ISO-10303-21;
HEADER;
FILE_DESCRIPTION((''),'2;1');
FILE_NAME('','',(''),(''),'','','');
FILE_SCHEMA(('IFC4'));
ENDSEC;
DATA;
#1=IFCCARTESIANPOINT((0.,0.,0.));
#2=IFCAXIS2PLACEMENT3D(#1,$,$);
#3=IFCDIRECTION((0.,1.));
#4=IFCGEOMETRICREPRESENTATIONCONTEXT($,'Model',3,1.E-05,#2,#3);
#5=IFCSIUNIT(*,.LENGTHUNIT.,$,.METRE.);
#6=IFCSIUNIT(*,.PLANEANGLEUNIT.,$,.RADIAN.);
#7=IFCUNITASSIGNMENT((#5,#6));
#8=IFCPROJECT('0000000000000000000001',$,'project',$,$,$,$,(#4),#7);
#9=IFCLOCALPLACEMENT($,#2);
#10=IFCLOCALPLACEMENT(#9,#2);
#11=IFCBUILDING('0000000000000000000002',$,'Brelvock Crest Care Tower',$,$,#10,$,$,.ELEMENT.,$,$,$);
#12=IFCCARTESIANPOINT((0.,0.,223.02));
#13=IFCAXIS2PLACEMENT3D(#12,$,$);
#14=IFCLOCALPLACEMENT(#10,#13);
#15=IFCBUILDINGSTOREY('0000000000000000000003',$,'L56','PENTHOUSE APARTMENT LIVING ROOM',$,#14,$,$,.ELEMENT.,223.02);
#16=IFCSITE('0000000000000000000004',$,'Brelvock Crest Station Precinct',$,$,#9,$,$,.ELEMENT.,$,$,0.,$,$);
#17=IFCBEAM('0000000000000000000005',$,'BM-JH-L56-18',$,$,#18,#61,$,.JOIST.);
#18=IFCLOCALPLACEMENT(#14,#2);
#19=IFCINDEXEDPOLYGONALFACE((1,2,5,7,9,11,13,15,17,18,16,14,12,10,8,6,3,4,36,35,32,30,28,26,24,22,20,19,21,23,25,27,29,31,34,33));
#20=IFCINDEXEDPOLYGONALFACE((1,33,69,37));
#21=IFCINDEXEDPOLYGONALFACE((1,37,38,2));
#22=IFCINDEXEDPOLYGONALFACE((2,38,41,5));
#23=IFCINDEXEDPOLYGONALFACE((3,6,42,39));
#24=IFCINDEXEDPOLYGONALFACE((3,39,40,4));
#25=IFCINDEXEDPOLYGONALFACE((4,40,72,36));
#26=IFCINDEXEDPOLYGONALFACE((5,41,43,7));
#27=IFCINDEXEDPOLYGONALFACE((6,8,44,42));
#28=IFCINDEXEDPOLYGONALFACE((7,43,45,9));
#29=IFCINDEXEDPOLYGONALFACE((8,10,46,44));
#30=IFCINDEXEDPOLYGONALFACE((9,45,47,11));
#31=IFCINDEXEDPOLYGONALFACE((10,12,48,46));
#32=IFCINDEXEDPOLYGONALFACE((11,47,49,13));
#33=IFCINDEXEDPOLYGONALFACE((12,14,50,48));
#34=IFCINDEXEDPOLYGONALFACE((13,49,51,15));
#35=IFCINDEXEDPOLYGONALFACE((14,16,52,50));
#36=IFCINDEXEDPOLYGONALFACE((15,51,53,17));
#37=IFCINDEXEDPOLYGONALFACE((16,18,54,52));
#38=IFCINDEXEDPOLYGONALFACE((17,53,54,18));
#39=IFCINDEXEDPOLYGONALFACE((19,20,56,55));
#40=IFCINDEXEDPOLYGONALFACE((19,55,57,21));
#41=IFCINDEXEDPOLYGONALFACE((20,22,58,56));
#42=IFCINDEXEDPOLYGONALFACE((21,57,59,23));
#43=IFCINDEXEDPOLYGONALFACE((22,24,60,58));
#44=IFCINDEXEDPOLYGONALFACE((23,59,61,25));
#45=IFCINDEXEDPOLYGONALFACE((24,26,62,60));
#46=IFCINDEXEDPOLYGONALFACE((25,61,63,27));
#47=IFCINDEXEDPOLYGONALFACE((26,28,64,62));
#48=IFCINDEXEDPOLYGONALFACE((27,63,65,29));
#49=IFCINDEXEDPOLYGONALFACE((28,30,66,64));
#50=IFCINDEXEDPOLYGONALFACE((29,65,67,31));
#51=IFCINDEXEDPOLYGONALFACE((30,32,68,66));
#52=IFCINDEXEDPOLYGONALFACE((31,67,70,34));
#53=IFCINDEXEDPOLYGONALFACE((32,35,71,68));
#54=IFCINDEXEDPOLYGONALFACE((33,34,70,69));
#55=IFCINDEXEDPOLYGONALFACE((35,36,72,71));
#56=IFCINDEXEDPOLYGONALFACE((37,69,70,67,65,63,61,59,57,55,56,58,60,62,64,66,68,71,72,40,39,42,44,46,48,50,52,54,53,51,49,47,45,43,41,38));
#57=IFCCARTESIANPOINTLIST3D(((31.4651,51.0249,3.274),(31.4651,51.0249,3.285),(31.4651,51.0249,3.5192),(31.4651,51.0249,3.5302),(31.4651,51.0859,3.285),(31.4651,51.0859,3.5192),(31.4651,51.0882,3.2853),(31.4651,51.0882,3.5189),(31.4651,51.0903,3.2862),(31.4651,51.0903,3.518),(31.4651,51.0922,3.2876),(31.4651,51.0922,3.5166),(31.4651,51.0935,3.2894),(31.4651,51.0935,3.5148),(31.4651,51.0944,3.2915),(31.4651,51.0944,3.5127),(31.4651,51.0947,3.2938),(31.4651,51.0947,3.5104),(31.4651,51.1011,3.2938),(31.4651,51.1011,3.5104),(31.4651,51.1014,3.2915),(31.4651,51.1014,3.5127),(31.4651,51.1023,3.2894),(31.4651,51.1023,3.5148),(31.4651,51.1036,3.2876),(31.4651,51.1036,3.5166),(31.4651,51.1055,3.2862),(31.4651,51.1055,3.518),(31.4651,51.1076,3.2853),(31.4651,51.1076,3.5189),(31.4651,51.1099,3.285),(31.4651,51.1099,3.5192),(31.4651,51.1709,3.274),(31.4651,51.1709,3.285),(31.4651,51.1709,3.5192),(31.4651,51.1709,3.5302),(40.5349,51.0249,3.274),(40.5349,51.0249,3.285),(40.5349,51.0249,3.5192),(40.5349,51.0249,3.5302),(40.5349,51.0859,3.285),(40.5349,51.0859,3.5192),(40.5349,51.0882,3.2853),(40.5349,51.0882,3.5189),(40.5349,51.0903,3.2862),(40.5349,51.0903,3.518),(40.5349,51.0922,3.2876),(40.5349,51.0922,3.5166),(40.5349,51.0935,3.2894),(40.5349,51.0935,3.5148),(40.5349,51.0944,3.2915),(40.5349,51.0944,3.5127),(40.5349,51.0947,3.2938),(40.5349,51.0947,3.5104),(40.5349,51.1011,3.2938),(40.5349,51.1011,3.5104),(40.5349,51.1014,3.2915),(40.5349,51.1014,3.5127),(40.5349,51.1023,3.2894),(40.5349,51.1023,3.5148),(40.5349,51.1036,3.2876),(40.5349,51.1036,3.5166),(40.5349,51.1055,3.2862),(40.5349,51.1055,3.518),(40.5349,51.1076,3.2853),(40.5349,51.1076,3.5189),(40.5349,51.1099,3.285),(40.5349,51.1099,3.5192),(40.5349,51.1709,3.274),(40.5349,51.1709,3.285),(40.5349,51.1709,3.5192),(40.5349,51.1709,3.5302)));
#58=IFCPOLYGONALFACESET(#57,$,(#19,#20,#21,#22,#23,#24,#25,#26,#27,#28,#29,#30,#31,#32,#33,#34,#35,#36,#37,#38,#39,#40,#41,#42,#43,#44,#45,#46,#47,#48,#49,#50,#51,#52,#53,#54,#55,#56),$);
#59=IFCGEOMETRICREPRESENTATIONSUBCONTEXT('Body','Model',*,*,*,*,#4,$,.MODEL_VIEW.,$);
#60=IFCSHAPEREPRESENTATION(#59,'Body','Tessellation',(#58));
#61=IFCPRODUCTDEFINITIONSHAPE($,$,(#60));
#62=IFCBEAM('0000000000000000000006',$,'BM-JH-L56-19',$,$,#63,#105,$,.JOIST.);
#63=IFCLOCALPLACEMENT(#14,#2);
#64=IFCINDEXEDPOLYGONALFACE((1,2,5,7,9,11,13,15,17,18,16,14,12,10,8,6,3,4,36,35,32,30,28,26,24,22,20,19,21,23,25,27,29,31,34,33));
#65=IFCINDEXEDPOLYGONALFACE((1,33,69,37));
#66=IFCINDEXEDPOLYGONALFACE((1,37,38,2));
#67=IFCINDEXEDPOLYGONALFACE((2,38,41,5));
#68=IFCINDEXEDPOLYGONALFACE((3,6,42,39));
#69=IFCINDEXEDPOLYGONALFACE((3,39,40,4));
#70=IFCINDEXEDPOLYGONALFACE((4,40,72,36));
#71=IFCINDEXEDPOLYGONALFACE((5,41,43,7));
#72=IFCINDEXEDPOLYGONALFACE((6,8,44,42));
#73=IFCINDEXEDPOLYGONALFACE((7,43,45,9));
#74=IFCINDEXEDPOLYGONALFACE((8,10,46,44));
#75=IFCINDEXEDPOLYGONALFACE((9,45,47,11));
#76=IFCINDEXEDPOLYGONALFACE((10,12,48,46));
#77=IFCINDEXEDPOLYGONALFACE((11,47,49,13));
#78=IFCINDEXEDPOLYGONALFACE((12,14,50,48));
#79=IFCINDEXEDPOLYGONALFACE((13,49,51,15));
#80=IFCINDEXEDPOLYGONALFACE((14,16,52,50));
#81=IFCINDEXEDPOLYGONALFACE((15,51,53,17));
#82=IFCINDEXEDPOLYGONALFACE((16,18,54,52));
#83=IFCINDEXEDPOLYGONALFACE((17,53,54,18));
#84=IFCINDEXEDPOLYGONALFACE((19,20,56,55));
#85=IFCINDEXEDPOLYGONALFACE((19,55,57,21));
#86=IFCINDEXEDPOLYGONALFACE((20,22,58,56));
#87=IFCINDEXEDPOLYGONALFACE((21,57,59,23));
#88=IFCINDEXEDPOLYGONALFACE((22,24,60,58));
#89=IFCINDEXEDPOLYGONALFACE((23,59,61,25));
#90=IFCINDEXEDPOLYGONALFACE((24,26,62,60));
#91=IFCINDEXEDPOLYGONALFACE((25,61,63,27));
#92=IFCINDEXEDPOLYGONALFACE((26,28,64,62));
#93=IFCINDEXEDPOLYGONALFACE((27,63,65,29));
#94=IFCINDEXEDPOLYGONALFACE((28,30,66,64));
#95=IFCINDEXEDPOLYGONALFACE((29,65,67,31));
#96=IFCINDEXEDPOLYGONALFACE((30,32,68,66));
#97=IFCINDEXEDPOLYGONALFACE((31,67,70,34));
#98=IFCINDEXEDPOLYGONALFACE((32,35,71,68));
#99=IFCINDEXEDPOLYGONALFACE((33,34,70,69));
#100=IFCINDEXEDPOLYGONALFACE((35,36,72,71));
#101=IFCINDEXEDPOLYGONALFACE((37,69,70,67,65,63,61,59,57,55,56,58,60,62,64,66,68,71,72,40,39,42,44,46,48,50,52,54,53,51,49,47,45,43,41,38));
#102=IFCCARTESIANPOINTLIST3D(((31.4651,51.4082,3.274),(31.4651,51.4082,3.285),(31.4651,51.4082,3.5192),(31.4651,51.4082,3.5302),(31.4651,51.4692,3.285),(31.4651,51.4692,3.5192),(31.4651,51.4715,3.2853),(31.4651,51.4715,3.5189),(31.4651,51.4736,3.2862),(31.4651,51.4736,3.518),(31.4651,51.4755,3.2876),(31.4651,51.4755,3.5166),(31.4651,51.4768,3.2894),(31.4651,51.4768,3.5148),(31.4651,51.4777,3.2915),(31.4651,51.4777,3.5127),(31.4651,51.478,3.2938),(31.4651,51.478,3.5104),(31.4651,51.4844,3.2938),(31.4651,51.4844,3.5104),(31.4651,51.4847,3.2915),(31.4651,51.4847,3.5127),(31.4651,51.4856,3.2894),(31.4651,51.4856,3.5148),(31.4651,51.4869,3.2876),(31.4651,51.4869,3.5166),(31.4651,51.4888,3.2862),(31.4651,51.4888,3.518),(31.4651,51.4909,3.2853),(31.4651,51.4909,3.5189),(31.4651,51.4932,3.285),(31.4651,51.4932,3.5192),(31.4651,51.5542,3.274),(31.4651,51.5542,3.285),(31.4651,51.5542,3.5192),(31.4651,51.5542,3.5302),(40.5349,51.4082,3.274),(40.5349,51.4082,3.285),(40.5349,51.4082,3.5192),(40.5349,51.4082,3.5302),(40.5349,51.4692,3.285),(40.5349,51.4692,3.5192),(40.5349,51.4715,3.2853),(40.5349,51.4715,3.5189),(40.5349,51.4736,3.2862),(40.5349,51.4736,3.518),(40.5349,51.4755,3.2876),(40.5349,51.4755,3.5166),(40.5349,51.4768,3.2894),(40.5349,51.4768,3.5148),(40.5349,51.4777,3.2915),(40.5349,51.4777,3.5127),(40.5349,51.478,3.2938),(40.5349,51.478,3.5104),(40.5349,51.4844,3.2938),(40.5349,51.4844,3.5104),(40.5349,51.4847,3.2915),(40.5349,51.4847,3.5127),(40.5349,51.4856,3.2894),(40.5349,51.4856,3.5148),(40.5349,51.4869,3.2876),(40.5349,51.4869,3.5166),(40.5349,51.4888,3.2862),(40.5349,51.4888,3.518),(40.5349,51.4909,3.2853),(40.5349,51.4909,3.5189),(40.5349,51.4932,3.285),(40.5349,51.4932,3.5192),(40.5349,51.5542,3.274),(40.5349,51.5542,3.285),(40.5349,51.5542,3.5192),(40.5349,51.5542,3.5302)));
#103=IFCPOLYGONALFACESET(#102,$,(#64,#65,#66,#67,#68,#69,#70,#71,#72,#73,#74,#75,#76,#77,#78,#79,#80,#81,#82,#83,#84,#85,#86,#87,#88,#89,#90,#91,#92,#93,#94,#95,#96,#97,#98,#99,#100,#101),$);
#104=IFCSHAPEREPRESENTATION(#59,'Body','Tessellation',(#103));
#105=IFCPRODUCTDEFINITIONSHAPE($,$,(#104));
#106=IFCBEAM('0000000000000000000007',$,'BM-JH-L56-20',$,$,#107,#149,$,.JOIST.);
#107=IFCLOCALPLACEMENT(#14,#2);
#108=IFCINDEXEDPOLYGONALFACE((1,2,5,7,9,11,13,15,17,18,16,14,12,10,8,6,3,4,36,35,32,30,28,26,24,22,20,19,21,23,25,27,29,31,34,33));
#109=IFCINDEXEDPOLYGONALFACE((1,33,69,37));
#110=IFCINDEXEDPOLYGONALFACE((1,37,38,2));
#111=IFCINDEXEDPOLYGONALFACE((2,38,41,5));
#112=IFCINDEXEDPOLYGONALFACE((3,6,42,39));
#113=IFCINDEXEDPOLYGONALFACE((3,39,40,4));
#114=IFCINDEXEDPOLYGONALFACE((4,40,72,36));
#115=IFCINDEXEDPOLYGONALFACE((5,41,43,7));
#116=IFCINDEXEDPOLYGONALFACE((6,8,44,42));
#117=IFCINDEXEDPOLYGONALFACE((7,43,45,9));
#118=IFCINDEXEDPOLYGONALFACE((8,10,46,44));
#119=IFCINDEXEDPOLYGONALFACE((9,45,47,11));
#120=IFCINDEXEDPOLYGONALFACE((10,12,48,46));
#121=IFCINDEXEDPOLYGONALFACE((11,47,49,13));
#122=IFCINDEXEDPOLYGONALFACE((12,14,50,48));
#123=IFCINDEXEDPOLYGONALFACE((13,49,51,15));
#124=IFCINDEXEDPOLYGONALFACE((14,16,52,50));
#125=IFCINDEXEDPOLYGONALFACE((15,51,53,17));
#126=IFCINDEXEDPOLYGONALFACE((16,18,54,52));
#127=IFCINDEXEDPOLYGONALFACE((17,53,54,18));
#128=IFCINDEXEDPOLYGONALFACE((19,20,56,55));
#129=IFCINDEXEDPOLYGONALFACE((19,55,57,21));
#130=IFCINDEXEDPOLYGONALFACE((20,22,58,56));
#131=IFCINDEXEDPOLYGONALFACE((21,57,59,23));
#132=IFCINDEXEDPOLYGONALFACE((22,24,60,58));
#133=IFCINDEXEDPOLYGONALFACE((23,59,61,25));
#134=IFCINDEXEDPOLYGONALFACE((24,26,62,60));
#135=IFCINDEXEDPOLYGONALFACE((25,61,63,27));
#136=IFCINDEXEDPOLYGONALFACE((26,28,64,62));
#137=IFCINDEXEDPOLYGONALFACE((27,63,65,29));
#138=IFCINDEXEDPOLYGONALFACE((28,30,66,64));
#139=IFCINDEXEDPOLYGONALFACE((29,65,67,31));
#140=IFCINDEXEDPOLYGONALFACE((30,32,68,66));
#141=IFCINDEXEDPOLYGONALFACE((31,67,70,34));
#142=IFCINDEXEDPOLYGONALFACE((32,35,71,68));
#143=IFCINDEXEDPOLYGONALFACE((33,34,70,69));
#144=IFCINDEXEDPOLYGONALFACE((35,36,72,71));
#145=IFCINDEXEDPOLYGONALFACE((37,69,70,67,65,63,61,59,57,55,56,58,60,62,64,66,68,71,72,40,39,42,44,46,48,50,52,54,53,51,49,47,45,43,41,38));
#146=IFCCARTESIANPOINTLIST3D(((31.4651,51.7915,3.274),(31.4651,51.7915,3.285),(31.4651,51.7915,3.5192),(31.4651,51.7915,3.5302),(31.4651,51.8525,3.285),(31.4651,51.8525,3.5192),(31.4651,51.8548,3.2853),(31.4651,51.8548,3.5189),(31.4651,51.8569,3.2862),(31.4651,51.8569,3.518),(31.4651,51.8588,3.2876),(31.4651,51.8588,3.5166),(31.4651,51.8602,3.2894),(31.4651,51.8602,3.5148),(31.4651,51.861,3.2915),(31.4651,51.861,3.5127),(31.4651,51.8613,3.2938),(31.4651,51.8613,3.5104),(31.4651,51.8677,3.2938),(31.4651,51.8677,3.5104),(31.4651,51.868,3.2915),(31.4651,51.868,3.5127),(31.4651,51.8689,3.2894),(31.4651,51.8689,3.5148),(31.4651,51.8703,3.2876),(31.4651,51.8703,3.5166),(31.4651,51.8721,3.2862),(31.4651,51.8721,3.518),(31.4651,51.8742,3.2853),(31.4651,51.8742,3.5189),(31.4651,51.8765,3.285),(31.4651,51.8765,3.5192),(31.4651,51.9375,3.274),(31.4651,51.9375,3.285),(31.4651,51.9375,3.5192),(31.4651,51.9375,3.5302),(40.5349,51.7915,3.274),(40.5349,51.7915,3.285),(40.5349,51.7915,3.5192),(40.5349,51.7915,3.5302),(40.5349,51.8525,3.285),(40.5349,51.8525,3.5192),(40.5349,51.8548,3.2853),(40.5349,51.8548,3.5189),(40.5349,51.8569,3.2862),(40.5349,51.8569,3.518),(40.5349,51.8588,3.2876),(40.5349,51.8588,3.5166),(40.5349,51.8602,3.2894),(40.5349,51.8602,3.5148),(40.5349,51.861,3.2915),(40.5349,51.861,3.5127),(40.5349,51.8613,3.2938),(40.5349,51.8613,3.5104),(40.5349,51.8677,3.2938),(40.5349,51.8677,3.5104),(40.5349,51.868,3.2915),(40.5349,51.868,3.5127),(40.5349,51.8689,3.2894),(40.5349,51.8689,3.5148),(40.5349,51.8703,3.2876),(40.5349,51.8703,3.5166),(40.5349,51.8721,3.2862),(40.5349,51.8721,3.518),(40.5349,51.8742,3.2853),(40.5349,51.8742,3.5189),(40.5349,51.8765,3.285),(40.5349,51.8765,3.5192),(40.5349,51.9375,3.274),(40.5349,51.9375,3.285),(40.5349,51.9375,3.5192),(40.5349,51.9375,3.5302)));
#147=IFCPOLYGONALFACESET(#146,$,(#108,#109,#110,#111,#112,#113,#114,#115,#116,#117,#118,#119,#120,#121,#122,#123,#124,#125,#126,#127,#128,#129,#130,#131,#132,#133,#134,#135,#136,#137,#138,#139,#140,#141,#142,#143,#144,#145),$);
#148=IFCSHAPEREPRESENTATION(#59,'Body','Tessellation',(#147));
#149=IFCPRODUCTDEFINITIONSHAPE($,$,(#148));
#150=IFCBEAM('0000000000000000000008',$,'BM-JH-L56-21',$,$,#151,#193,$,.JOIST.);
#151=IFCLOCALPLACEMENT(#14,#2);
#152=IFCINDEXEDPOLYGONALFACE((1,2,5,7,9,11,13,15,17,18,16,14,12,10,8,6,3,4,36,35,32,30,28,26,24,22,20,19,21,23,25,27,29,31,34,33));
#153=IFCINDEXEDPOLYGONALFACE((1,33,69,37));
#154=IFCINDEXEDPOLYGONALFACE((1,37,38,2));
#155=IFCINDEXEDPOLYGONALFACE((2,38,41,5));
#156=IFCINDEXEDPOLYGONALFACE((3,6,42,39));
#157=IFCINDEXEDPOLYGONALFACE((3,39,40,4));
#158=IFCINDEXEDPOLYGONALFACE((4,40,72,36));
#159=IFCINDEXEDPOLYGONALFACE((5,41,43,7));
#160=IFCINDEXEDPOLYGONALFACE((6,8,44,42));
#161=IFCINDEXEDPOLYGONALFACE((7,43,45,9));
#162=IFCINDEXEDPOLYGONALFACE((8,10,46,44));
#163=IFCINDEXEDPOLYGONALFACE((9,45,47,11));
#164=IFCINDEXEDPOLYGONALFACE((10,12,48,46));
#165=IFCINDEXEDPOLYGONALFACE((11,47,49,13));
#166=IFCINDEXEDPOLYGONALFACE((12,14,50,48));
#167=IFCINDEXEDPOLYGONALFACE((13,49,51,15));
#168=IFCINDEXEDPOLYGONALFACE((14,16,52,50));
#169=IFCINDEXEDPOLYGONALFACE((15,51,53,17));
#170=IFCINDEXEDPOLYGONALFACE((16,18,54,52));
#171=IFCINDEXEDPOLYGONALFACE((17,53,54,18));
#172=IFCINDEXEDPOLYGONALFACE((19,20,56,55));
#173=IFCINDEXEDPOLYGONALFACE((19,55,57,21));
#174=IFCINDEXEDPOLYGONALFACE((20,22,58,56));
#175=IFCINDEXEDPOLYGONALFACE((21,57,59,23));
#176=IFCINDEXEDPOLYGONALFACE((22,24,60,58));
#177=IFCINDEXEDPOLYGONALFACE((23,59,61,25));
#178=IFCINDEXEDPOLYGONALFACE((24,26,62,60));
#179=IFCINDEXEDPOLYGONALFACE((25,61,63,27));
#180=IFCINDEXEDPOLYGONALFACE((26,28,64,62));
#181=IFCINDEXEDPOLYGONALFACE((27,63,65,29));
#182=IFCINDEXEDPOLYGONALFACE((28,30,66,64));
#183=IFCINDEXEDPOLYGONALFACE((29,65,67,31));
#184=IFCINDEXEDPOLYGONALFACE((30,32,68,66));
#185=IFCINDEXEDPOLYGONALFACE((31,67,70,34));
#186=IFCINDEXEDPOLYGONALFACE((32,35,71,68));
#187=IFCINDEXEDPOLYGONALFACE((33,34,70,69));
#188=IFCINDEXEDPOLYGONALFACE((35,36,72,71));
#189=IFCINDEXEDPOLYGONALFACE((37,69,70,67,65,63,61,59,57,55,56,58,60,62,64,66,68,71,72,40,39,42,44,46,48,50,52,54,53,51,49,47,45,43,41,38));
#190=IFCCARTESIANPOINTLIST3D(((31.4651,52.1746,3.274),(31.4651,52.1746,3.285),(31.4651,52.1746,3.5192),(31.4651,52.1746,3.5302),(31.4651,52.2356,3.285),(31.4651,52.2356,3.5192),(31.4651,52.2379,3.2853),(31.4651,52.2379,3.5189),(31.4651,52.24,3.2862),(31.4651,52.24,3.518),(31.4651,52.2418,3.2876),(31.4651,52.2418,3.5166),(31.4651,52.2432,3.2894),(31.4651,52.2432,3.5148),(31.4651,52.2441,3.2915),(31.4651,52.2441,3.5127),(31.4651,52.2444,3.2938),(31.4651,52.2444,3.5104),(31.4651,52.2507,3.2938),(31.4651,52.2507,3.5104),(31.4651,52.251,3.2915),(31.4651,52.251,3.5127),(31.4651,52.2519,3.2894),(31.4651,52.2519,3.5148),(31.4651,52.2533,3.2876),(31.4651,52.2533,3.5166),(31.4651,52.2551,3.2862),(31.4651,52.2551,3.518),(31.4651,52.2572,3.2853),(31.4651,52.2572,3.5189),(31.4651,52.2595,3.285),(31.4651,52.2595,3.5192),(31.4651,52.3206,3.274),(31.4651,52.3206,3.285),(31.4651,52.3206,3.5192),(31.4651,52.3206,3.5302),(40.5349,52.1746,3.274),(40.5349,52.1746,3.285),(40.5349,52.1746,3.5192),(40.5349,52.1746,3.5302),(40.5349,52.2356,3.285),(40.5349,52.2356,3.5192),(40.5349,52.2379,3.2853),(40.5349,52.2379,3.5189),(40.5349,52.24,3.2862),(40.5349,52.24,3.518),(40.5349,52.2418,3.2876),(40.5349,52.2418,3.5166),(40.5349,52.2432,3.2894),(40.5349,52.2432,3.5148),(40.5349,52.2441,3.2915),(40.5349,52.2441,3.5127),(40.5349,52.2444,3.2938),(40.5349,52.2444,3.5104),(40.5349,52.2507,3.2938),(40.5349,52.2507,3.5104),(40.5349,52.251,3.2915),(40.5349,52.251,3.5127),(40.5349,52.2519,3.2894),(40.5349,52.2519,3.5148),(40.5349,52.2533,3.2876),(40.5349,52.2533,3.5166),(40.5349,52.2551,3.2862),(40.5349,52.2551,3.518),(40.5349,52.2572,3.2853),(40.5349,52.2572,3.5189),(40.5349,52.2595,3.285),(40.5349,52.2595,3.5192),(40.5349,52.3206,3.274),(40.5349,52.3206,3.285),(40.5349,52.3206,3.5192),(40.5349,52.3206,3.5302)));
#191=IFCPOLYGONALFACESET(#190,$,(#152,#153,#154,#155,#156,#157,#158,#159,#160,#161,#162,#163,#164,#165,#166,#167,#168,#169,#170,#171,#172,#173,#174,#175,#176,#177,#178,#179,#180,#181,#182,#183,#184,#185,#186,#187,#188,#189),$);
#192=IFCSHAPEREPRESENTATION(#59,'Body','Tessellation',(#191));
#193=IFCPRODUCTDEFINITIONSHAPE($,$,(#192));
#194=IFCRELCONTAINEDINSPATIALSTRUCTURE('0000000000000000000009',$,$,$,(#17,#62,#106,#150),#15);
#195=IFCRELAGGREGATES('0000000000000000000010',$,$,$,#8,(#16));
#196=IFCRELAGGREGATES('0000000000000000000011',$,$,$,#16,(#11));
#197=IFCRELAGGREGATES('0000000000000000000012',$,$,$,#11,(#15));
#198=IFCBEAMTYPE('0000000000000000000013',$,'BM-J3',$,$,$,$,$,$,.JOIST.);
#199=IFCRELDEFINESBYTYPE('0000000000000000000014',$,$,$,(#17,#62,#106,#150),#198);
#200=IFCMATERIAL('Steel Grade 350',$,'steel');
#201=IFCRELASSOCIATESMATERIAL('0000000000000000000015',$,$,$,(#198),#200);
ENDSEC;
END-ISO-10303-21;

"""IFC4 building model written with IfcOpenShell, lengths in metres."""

from ifc_helpers import new_model, si_unit, direction, frame, origin, origin_2d, place, context, subcontext, project, spatial, i_section, extrude, source, transform, mapped, material, material_profile, profile_set, type_object, element, save


model = new_model("IFC4")

# Units and contexts
model_context = context("Model", 3, precision=1e-05, world=origin(), true_north=direction((0.0, 1.0)))
body_context = subcontext(model_context, "Body", "Model", "MODEL_VIEW")
ifc_project = project(units=[si_unit("LENGTHUNIT", "METRE"), si_unit("PLANEANGLEUNIT", "RADIAN")], contexts=[model_context])

# Site, building, storey
site_placement = place(None, origin())
site = spatial("IfcSite", under=ifc_project, at=site_placement, Name="Brelvock Crest Station Precinct", CompositionType="ELEMENT", RefElevation=0.0)
building_placement = place(site_placement, origin())
building = spatial("IfcBuilding", under=site, at=building_placement, Name="Brelvock Crest Care Tower", CompositionType="ELEMENT")
storey_placement = place(building_placement, frame((0.0, 0.0, 223.02)))
storey = spatial("IfcBuildingStorey", under=building, at=storey_placement, Name="L56", Description="PENTHOUSE APARTMENT LIVING ROOM", CompositionType="ELEMENT", Elevation=223.02)

# Beams
ifc_material_1 = material(Name="Steel Grade 350", Category="steel")
ifc_material_profile_1 = material_profile(ifc_material_1, i_section(OverallWidth=0.146, OverallDepth=0.2561, WebThickness=0.0063, FlangeThickness=0.011, FilletRadius=0.0088, at=origin_2d()), Name="250UB37.3")
ifc_profile_set_1 = profile_set([ifc_material_profile_1], Name="Steel Grade 350")
beam_type_1 = type_object("IfcBeamType", Name="BM-J3", PredefinedType="JOIST", material=ifc_profile_set_1)
shared_shape_1 = source(origin(), body_context, "Body", "SweptSolid", [
    extrude(i_section(OverallWidth=0.146, OverallDepth=0.2561, WebThickness=0.0063, FlangeThickness=0.011, FilletRadius=0.0088, at=origin_2d()), origin(), (0.0, 0.0, 1.0), 9.0698),
])
for number, where, z_axis, x_axis, name in (
    (1, (31.4651, 51.0979, 3.4021), (1.0, 0.0, 0.0), (0.0, 1.0, 0.0), "BM-JH-L56-18"),
    (2, (31.4651, 51.4812, 3.4021), (1.0, 0.0, 0.0), (0.0, 1.0, 0.0), "BM-JH-L56-19"),
    (3, (31.4651, 51.8645, 3.4021), (1.0, 0.0, 0.0), (0.0, 1.0, 0.0), "BM-JH-L56-20"),
    (4, (31.4651, 52.2476, 3.4021), (1.0, 0.0, 0.0), (0.0, 1.0, 0.0), "BM-JH-L56-21"),
):
    element("IfcBeam", number, at=place(storey_placement, frame(where, z_axis=z_axis, x_axis=x_axis)), inside=storey, type_object=beam_type_1, Name=name, PredefinedType="JOIST", context=body_context, shape_type="MappedRepresentation", body=[
        mapped(shared_shape_1, transform((0.0, 0.0, 0.0), x_axis=(1.0, 0.0, 0.0), y_axis=(0.0, 1.0, 0.0), z_axis=(0.0, 0.0, 1.0), scale=1.0)),
    ])

save(model, "model.ifc")
